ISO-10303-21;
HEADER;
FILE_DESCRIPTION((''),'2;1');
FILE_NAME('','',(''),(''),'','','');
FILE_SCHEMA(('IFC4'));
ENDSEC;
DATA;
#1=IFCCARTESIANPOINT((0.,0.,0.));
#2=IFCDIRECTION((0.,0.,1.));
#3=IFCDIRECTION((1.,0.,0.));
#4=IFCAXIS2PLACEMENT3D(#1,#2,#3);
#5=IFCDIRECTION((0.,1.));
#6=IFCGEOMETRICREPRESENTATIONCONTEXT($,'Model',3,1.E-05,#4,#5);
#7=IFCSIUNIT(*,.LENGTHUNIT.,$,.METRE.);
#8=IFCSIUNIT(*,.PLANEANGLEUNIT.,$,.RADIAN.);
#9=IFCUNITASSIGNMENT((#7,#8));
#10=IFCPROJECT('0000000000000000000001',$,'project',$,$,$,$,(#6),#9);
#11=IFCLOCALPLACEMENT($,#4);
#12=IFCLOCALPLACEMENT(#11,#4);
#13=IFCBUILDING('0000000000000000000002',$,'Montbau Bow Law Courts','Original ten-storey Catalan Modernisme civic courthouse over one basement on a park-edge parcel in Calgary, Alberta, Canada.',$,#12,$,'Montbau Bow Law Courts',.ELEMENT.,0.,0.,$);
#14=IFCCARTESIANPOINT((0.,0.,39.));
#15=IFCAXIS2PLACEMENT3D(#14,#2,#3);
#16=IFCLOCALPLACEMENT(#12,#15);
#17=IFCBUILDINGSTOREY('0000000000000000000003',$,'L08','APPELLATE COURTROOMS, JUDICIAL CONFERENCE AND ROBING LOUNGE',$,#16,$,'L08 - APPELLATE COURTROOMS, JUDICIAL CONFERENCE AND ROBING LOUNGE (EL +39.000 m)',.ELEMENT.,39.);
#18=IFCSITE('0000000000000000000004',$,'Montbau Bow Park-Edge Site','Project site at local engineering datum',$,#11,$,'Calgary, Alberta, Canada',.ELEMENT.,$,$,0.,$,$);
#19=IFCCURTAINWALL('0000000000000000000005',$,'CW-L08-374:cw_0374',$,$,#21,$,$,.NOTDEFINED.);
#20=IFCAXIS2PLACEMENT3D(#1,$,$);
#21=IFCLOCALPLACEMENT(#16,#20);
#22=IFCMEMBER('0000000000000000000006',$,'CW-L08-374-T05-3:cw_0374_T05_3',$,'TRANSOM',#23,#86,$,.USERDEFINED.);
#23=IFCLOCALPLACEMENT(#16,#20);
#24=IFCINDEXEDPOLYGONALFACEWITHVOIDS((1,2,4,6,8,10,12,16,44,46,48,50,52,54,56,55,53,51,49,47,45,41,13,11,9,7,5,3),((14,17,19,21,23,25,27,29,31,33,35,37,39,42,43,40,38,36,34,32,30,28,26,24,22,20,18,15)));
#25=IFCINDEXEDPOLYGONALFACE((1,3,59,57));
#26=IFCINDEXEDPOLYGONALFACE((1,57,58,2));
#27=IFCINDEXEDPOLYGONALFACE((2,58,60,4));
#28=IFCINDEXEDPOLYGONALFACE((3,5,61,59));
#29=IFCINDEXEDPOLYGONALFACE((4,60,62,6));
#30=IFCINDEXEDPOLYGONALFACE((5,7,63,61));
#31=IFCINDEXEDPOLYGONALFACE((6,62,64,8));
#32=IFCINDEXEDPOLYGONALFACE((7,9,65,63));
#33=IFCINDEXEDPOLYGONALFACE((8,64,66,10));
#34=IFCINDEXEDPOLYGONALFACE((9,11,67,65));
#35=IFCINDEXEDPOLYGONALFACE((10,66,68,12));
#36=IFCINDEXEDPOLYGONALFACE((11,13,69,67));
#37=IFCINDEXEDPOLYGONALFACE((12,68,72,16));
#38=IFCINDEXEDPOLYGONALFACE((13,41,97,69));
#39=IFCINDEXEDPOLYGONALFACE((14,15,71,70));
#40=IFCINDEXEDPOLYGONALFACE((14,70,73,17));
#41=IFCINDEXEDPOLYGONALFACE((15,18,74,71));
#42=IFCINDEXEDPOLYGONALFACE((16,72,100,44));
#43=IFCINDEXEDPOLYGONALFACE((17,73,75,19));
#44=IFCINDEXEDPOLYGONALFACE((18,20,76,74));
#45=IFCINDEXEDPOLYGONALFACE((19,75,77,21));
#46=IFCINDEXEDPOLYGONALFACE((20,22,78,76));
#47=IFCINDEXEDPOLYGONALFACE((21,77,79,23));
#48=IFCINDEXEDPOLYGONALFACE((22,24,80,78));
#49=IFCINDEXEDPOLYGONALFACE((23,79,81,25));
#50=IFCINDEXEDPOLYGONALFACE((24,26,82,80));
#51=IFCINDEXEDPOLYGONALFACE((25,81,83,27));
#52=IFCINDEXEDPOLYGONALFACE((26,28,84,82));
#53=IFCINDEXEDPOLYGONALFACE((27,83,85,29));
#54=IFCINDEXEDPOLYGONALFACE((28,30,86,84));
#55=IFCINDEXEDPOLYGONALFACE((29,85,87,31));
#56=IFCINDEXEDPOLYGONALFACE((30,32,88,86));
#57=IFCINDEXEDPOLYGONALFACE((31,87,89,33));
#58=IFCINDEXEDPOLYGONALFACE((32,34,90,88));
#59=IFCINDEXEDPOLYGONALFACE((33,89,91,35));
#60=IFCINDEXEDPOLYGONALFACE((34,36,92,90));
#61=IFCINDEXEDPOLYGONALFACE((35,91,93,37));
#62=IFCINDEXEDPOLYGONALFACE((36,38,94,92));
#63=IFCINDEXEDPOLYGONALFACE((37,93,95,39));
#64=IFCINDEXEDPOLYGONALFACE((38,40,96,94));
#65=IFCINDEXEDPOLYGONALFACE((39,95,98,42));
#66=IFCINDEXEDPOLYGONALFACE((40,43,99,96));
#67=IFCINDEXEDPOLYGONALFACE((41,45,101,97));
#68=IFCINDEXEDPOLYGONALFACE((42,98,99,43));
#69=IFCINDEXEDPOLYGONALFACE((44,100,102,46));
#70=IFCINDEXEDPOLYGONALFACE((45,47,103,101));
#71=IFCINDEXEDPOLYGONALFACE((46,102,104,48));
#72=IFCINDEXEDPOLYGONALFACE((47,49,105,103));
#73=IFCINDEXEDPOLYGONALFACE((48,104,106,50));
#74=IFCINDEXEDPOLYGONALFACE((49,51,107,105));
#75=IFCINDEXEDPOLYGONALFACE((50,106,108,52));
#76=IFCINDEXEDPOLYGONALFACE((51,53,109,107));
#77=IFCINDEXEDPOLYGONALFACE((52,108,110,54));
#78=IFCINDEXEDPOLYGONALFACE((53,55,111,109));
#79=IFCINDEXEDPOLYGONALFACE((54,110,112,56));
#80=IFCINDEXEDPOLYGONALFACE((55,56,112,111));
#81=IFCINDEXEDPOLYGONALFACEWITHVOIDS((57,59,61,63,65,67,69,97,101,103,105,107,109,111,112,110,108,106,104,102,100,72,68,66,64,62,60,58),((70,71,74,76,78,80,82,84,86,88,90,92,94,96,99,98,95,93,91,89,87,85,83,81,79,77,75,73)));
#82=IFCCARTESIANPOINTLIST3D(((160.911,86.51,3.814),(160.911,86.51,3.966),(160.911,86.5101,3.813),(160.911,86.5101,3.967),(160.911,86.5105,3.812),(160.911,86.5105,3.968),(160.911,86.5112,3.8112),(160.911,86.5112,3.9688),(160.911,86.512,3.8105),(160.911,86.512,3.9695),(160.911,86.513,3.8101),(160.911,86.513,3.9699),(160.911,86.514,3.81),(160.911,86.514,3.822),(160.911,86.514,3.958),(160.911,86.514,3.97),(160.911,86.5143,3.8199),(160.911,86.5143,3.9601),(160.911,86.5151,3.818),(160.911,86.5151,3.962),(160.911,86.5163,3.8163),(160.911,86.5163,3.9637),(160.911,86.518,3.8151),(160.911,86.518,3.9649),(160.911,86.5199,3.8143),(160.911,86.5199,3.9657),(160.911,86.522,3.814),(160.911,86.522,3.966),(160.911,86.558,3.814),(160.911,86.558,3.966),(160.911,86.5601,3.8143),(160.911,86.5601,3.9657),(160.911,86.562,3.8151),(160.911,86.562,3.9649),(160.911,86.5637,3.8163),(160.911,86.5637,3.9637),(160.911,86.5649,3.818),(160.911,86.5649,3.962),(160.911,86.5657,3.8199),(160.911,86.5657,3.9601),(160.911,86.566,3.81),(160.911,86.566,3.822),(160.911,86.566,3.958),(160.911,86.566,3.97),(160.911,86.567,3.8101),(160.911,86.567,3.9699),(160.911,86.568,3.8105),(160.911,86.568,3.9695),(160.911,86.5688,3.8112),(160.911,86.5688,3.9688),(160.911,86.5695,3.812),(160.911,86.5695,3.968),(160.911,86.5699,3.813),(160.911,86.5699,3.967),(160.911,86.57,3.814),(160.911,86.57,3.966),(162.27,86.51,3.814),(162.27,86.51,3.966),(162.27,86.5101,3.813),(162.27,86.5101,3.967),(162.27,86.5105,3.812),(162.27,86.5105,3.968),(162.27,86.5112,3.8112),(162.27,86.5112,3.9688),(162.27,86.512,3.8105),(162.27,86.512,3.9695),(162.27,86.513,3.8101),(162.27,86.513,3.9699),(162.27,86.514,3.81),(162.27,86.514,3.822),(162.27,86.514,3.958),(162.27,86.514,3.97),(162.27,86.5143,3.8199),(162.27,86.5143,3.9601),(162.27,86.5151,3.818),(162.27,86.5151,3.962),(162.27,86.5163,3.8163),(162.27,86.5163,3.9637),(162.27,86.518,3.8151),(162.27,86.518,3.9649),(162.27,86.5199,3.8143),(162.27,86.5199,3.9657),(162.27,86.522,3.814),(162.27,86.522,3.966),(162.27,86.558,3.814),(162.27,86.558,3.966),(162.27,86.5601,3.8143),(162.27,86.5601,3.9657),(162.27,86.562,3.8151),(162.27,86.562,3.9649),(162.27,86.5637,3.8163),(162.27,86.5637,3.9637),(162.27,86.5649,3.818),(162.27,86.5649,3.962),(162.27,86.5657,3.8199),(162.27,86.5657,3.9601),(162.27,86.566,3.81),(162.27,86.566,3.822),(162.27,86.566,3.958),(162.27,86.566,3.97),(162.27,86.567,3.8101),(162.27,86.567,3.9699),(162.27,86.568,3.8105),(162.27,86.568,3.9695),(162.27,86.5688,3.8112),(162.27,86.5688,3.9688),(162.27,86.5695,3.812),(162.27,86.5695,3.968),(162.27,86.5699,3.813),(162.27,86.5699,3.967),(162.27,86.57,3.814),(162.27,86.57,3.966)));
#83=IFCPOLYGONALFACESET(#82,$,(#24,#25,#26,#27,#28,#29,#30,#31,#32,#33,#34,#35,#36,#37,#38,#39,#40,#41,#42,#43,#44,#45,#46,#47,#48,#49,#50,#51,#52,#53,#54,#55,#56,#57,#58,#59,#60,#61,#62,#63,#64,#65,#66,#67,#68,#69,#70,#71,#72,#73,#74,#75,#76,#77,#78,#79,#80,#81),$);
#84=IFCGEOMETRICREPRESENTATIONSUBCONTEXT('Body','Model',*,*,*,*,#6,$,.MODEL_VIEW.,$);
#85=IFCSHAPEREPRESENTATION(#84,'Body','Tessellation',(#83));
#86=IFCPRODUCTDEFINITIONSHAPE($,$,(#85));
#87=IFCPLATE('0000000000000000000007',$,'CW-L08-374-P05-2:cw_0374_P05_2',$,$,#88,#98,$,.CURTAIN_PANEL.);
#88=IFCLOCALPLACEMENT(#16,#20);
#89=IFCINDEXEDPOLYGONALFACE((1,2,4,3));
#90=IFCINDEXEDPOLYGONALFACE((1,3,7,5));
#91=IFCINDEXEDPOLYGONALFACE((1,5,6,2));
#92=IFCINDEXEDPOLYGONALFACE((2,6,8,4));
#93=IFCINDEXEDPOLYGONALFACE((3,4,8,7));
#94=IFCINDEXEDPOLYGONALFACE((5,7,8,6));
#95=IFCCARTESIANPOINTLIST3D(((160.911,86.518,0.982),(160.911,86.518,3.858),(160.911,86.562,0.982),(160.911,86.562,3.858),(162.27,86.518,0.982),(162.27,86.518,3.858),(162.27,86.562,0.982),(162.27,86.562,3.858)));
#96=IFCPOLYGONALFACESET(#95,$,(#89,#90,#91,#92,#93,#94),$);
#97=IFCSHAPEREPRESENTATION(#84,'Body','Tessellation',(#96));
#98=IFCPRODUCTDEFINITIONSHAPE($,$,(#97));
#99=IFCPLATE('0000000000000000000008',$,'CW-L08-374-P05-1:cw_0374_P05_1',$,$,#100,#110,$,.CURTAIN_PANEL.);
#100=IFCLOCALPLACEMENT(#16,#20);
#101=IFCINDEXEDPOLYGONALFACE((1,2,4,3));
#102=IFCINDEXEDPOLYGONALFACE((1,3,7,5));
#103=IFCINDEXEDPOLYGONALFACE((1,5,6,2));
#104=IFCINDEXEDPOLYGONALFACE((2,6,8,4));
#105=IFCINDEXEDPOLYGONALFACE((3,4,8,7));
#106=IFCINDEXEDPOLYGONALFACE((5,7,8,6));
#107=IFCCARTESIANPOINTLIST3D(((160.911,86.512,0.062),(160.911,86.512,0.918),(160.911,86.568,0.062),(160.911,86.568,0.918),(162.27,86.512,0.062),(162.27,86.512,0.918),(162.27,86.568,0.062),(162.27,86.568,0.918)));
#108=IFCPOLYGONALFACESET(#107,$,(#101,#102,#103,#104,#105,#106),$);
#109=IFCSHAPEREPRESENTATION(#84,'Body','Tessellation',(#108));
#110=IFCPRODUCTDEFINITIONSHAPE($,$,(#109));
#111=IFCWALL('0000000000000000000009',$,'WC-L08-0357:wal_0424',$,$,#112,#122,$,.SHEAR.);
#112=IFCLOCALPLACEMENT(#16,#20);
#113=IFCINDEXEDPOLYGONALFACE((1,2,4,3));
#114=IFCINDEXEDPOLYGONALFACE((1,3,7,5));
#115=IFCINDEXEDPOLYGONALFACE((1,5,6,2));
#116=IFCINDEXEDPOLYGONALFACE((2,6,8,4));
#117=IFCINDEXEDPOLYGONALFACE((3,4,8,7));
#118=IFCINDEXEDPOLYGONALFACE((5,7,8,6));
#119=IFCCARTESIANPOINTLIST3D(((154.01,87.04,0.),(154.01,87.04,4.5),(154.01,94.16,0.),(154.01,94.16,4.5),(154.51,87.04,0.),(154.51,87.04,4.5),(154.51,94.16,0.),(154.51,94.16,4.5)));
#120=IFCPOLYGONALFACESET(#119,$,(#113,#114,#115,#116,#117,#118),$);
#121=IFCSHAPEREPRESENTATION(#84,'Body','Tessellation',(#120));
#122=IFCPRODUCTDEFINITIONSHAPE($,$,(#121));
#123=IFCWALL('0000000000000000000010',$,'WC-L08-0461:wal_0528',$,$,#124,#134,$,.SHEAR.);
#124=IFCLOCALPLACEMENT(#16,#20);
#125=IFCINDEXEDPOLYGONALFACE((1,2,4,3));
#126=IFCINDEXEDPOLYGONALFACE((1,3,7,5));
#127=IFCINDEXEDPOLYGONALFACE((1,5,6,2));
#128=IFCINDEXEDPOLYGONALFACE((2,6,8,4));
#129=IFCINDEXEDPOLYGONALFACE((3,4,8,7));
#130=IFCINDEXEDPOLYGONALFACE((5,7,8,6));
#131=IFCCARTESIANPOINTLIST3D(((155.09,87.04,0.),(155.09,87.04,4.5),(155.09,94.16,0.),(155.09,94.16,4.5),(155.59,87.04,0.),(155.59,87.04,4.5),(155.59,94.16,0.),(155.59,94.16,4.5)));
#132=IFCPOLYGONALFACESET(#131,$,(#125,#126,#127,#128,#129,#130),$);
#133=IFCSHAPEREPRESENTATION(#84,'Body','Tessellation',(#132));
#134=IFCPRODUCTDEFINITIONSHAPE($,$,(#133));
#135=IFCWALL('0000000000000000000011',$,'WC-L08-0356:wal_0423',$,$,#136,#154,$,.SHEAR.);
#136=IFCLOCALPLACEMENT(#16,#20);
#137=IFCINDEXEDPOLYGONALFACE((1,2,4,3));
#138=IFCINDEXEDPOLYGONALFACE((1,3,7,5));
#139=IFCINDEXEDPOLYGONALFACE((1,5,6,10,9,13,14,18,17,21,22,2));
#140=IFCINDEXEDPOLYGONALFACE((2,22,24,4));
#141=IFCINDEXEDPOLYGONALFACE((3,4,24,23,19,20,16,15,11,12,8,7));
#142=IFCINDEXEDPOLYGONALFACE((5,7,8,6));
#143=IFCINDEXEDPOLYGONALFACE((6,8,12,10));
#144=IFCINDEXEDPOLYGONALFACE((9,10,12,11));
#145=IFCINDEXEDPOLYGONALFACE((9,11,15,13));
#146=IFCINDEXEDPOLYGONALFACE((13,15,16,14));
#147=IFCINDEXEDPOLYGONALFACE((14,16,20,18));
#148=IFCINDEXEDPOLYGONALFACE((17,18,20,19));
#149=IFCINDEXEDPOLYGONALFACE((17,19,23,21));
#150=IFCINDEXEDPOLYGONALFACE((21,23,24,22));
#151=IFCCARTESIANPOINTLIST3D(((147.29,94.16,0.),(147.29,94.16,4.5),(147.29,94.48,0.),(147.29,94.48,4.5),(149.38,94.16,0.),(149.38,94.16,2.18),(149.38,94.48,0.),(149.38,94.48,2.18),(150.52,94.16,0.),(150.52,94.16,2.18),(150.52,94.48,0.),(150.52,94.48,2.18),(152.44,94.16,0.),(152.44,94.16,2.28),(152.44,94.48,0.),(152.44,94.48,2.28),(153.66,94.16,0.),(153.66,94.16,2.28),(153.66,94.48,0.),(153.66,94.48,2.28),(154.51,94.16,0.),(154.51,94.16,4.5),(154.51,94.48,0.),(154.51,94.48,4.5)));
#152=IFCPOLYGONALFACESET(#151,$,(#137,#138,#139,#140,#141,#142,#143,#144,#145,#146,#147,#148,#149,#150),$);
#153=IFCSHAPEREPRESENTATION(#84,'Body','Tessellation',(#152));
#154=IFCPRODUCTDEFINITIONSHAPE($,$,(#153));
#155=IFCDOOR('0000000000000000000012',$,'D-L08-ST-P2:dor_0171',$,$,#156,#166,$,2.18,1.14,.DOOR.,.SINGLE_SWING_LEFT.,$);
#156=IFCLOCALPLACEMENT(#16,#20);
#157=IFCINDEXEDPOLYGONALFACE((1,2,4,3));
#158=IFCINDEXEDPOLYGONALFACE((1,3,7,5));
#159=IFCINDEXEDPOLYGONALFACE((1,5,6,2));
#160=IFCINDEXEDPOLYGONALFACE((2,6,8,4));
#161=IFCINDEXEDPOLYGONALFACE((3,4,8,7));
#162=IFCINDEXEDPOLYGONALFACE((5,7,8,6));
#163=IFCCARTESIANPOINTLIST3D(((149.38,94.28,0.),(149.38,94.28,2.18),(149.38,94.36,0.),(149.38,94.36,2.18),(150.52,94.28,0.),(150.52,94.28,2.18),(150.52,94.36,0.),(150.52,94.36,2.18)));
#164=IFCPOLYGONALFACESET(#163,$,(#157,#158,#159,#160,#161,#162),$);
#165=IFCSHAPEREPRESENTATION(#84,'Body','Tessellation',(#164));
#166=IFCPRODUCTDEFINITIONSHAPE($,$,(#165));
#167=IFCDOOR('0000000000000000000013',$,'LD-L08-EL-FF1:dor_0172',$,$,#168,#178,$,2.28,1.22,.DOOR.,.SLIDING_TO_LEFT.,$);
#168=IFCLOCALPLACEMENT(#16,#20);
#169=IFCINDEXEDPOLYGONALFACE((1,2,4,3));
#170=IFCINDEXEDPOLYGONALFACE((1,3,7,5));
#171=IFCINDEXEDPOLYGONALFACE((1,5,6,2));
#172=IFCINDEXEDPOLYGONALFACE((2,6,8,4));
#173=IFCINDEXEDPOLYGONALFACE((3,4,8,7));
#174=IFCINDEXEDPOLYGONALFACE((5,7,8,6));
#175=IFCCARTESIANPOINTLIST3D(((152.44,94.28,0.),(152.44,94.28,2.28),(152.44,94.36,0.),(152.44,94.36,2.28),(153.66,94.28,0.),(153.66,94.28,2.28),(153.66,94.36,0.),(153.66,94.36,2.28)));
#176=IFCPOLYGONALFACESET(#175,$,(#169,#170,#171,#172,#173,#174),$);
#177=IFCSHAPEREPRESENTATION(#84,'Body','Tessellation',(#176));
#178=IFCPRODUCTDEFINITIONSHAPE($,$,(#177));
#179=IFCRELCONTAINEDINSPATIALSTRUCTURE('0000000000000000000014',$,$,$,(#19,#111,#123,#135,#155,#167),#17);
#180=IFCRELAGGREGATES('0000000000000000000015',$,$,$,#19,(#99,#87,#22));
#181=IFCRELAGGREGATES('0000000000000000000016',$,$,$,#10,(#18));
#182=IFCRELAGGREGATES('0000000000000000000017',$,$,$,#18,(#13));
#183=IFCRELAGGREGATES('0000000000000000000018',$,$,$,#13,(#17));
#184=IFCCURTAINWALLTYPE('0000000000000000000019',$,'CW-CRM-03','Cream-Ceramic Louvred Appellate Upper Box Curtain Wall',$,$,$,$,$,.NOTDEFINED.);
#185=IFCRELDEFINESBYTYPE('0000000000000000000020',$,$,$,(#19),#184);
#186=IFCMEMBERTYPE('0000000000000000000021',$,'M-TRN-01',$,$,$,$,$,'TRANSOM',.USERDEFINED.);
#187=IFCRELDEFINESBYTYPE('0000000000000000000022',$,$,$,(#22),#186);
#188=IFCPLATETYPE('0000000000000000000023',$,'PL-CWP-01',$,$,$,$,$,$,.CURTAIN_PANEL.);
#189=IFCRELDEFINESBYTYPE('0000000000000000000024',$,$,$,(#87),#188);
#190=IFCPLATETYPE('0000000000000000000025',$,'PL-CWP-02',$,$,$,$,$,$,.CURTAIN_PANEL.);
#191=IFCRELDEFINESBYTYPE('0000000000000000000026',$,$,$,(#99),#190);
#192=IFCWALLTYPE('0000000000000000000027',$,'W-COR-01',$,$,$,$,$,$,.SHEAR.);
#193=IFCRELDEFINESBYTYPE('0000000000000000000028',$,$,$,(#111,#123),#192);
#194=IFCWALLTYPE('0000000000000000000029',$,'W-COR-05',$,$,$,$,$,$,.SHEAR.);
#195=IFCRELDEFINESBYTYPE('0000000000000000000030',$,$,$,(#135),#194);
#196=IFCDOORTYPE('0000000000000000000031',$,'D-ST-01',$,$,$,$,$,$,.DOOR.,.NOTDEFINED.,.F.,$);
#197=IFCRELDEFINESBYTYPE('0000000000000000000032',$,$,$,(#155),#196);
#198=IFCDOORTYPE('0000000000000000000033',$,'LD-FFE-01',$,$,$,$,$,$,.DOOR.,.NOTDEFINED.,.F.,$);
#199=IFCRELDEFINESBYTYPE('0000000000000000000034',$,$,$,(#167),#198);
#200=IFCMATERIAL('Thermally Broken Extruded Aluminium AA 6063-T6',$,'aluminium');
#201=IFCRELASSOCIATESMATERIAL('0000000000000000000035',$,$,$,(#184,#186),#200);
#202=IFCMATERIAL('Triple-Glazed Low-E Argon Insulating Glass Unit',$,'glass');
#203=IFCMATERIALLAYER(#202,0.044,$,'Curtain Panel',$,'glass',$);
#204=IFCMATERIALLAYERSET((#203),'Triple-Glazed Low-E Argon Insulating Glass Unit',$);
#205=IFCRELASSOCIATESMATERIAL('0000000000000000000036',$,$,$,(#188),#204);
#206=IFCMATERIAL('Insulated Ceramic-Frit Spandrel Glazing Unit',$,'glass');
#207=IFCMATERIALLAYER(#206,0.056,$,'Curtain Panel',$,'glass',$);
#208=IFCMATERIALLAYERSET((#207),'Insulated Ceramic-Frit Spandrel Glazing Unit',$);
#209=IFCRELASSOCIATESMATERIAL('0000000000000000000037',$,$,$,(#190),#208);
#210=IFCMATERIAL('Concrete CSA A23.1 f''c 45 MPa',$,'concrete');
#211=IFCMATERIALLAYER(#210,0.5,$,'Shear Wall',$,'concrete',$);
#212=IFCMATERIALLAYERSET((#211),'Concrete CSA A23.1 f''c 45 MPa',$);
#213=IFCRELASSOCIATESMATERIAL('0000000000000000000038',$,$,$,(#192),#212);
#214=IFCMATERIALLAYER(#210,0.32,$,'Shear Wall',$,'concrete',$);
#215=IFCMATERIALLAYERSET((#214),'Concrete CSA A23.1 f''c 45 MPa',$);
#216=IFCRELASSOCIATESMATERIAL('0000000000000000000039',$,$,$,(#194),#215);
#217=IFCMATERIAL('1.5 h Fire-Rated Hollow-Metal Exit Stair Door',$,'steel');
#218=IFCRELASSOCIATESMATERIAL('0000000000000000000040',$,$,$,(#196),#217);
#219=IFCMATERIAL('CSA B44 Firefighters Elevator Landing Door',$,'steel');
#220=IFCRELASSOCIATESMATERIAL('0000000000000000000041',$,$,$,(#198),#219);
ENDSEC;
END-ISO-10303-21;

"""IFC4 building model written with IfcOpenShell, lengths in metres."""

from ifc_helpers import new_model, si_unit, direction, frame, frame_2d, origin_with_axes, origin_2d_with_axis, place, context, subcontext, project, spatial, rectangle, hollow_rectangle, extrude, material, layer, layer_set, material_profile, profile_set, type_object, element, fill, aggregate, save


model = new_model("IFC4")

# Units and contexts
model_context = context("Model", 3, precision=1e-05, world=origin_with_axes(), true_north=direction((0.0, 1.0)))
body_context = subcontext(model_context, "Body", "Model", "MODEL_VIEW")
ifc_project = project(units=[si_unit("LENGTHUNIT", "METRE"), si_unit("PLANEANGLEUNIT", "RADIAN")], contexts=[model_context])

# Site, building, storey
site_placement = place(None, origin_with_axes())
site = spatial("IfcSite", under=ifc_project, at=site_placement, Name="Montbau Bow Park-Edge Site", Description="Project site at local engineering datum", LongName="Calgary, Alberta, Canada", CompositionType="ELEMENT", RefElevation=0.0)
building_placement = place(site_placement, origin_with_axes())
building = spatial("IfcBuilding", under=site, at=building_placement, Name="Montbau Bow Law Courts", Description="Original ten-storey Catalan Modernisme civic courthouse over one basement on a park-edge parcel in Calgary, Alberta, Canada.", LongName="Montbau Bow Law Courts", CompositionType="ELEMENT", ElevationOfRefHeight=0.0, ElevationOfTerrain=0.0)
storey_placement = place(building_placement, frame((0.0, 0.0, 39.0), z_axis=(0.0, 0.0, 1.0), x_axis=(1.0, 0.0, 0.0)))
storey = spatial("IfcBuildingStorey", under=building, at=storey_placement, Name="L08", Description="APPELLATE COURTROOMS, JUDICIAL CONFERENCE AND ROBING LOUNGE", LongName="L08 - APPELLATE COURTROOMS, JUDICIAL CONFERENCE AND ROBING LOUNGE (EL +39.000 m)", CompositionType="ELEMENT", Elevation=39.0)

# Curtain wall, member, plates
ifc_material_1 = material(Name="Thermally Broken Extruded Aluminium AA 6063-T6", Category="aluminium")
curtain_wall_type = type_object("IfcCurtainWallType", Name="CW-CRM-03", Description="Cream-Ceramic Louvred Appellate Upper Box Curtain Wall", PredefinedType="NOTDEFINED", material=ifc_material_1)
curtain_wall_placement = place(None, frame((155.068, 86.54, 39.0), z_axis=(0.0, 0.0, 1.0), x_axis=(1.0, 0.0, 0.0)))
curtain_wall = element("IfcCurtainWall", 1, at=curtain_wall_placement, inside=storey, type_object=curtain_wall_type, Name="CW-L08-374:cw_0374", PredefinedType="NOTDEFINED")
ifc_material_profile_1 = material_profile(ifc_material_1, hollow_rectangle(XDim=0.06, YDim=0.16, WallThickness=0.004, InnerFilletRadius=0.008, OuterFilletRadius=0.004, at=origin_2d_with_axis()), Name="CWT-160X60", Category="Main", Priority=0)
ifc_profile_set_1 = profile_set([ifc_material_profile_1], Name="Thermally Broken Extruded Aluminium AA 6063-T6")
member_type = type_object("IfcMemberType", Name="M-TRN-01", ElementType="TRANSOM", PredefinedType="USERDEFINED", material=ifc_profile_set_1)
member_1_placement = place(None, frame((160.911, 86.54, 42.89), z_axis=(1.0, 0.0, 0.0), x_axis=(0.0, 1.0, 0.0)))
member_1 = element("IfcMember", 2, at=member_1_placement, type_object=member_type, Name="CW-L08-374-T05-3:cw_0374_T05_3", ObjectType="TRANSOM", PredefinedType="USERDEFINED", context=body_context, shape_type="SweptSolid", body=[
    extrude(hollow_rectangle(XDim=0.06, YDim=0.16, WallThickness=0.004, InnerFilletRadius=0.008, OuterFilletRadius=0.004, at=origin_2d_with_axis()), origin_with_axes(), (0.0, 0.0, 1.0), 1.359),
])
ifc_material_2 = material(Name="Triple-Glazed Low-E Argon Insulating Glass Unit", Category="glass")
ifc_layer_1 = layer(ifc_material_2, 0.044, Name="Curtain Panel", Category="glass")
ifc_layer_set_1 = layer_set([ifc_layer_1], Name="Triple-Glazed Low-E Argon Insulating Glass Unit")
plate_type_1 = type_object("IfcPlateType", Name="PL-CWP-01", PredefinedType="CURTAIN_PANEL", material=ifc_layer_set_1)
plate_1_placement = place(None, frame((160.911, 86.54, 39.982), z_axis=(0.0, -1.0, 0.0), x_axis=(1.0, 0.0, 0.0)))
plate_1 = element("IfcPlate", 3, at=plate_1_placement, type_object=plate_type_1, Name="CW-L08-374-P05-2:cw_0374_P05_2", PredefinedType="CURTAIN_PANEL", context=body_context, shape_type="SweptSolid", body=[
    extrude(rectangle(XDim=1.359, YDim=2.876, at=frame_2d((0.6795, 1.438), x_axis=(1.0, 0.0))), frame((0.0, 0.0, -0.022), z_axis=(0.0, 0.0, 1.0), x_axis=(1.0, 0.0, 0.0)), (0.0, 0.0, 1.0), 0.044),
])
ifc_material_3 = material(Name="Insulated Ceramic-Frit Spandrel Glazing Unit", Category="glass")
ifc_layer_2 = layer(ifc_material_3, 0.056, Name="Curtain Panel", Category="glass")
ifc_layer_set_2 = layer_set([ifc_layer_2], Name="Insulated Ceramic-Frit Spandrel Glazing Unit")
plate_type_2 = type_object("IfcPlateType", Name="PL-CWP-02", PredefinedType="CURTAIN_PANEL", material=ifc_layer_set_2)
plate_2_placement = place(None, frame((160.911, 86.54, 39.062), z_axis=(0.0, -1.0, 0.0), x_axis=(1.0, 0.0, 0.0)))
plate_2 = element("IfcPlate", 4, at=plate_2_placement, type_object=plate_type_2, Name="CW-L08-374-P05-1:cw_0374_P05_1", PredefinedType="CURTAIN_PANEL", context=body_context, shape_type="SweptSolid", body=[
    extrude(rectangle(XDim=1.359, YDim=0.856, at=frame_2d((0.6795, 0.428), x_axis=(1.0, 0.0))), frame((0.0, 0.0, -0.028), z_axis=(0.0, 0.0, 1.0), x_axis=(1.0, 0.0, 0.0)), (0.0, 0.0, 1.0), 0.056),
])
aggregate(curtain_wall, [plate_2, plate_1, member_1])

# Walls
ifc_material_4 = material(Name="Concrete CSA A23.1 f'c 45 MPa", Category="concrete")
ifc_layer_3 = layer(ifc_material_4, 0.5, Name="Shear Wall", Category="concrete")
ifc_layer_set_3 = layer_set([ifc_layer_3], Name="Concrete CSA A23.1 f'c 45 MPa")
wall_type_1 = type_object("IfcWallType", Name="W-COR-01", PredefinedType="SHEAR", material=ifc_layer_set_3)
for number, where, z_axis, x_axis, name in (
    (5, (154.26, 87.04, 39.0), (0.0, 0.0, 1.0), (0.0, 1.0, 0.0), "WC-L08-0357:wal_0424"),
    (6, (155.34, 94.16, 39.0), (0.0, 0.0, 1.0), (0.0, -1.0, 0.0), "WC-L08-0461:wal_0528"),
):
    element("IfcWall", number, at=place(None, frame(where, z_axis=z_axis, x_axis=x_axis)), inside=storey, type_object=wall_type_1, Name=name, PredefinedType="SHEAR", context=body_context, shape_type="SweptSolid", body=[
        extrude(rectangle(XDim=7.12, YDim=0.5, at=frame_2d((3.56, 0.0), x_axis=(1.0, 0.0))), origin_with_axes(), (0.0, 0.0, 1.0), 4.5),
    ])

# Wall, openings, doors
ifc_layer_4 = layer(ifc_material_4, 0.32, Name="Shear Wall", Category="concrete")
ifc_layer_set_4 = layer_set([ifc_layer_4], Name="Concrete CSA A23.1 f'c 45 MPa")
wall_type_2 = type_object("IfcWallType", Name="W-COR-05", PredefinedType="SHEAR", material=ifc_layer_set_4)
wall_1_placement = place(None, frame((154.51, 94.32, 39.0), z_axis=(0.0, 0.0, 1.0), x_axis=(-1.0, 0.0, 0.0)))
wall_1 = element("IfcWall", 7, at=wall_1_placement, inside=storey, type_object=wall_type_2, Name="WC-L08-0356:wal_0423", PredefinedType="SHEAR", context=body_context, shape_type="SweptSolid", body=[
    extrude(rectangle(XDim=7.22, YDim=0.32, at=frame_2d((3.61, 0.0), x_axis=(1.0, 0.0))), origin_with_axes(), (0.0, 0.0, 1.0), 4.5),
])
opening_1_placement = place(None, frame((149.95, 94.32, 39.0), z_axis=(0.0, 0.0, 1.0), x_axis=(-1.0, 0.0, 0.0)))
opening_1 = element("IfcOpeningElement", 8, at=opening_1_placement, cuts=wall_1, PredefinedType="OPENING", context=body_context, shape_type="SweptSolid", body=[
    extrude(rectangle(XDim=1.14, YDim=2.18, at=frame_2d((0.0, 1.09), x_axis=(1.0, 0.0))), frame((0.0, 0.17, 0.0), z_axis=(0.0, -1.0, 0.0), x_axis=(1.0, 0.0, 0.0)), (0.0, 0.0, 1.0), 0.34),
])
opening_2_placement = place(None, frame((153.05, 94.32, 39.0), z_axis=(0.0, 0.0, 1.0), x_axis=(-1.0, 0.0, 0.0)))
opening_2 = element("IfcOpeningElement", 9, at=opening_2_placement, cuts=wall_1, PredefinedType="OPENING", context=body_context, shape_type="SweptSolid", body=[
    extrude(rectangle(XDim=1.22, YDim=2.28, at=frame_2d((0.0, 1.14), x_axis=(1.0, 0.0))), frame((0.0, 0.17, 0.0), z_axis=(0.0, -1.0, 0.0), x_axis=(1.0, 0.0, 0.0)), (0.0, 0.0, 1.0), 0.34),
])
ifc_material_5 = material(Name="1.5 h Fire-Rated Hollow-Metal Exit Stair Door", Category="steel")
door_type_1 = type_object("IfcDoorType", Name="D-ST-01", OperationType="NOTDEFINED", ParameterTakesPrecedence=False, PredefinedType="DOOR", material=ifc_material_5)
door_1_placement = place(None, frame((149.95, 94.32, 39.0), z_axis=(0.0, 0.0, 1.0), x_axis=(1.0, 0.0, 0.0)))
door_1 = element("IfcDoor", 10, at=door_1_placement, inside=storey, type_object=door_type_1, Name="D-L08-ST-P2:dor_0171", OperationType="SINGLE_SWING_LEFT", OverallHeight=2.18, OverallWidth=1.14, PredefinedType="DOOR", context=body_context, shape_type="SweptSolid", body=[
    extrude(rectangle(XDim=1.14, YDim=2.18, at=frame_2d((0.0, 1.09), x_axis=(1.0, 0.0))), frame((0.0, 0.04, 0.0), z_axis=(0.0, -1.0, 0.0), x_axis=(1.0, 0.0, 0.0)), (0.0, 0.0, 1.0), 0.08),
])
fill(opening_1, door_1)
ifc_material_6 = material(Name="CSA B44 Firefighters Elevator Landing Door", Category="steel")
door_type_2 = type_object("IfcDoorType", Name="LD-FFE-01", OperationType="NOTDEFINED", ParameterTakesPrecedence=False, PredefinedType="DOOR", material=ifc_material_6)
door_2_placement = place(None, frame((153.05, 94.32, 39.0), z_axis=(0.0, 0.0, 1.0), x_axis=(1.0, 0.0, 0.0)))
door_2 = element("IfcDoor", 11, at=door_2_placement, inside=storey, type_object=door_type_2, Name="LD-L08-EL-FF1:dor_0172", OperationType="SLIDING_TO_LEFT", OverallHeight=2.28, OverallWidth=1.22, PredefinedType="DOOR", context=body_context, shape_type="SweptSolid", body=[
    extrude(rectangle(XDim=1.22, YDim=2.28, at=frame_2d((0.0, 1.14), x_axis=(1.0, 0.0))), frame((0.0, 0.04, 0.0), z_axis=(0.0, -1.0, 0.0), x_axis=(1.0, 0.0, 0.0)), (0.0, 0.0, 1.0), 0.08),
])
fill(opening_2, door_2)

save(model, "model.ifc")
